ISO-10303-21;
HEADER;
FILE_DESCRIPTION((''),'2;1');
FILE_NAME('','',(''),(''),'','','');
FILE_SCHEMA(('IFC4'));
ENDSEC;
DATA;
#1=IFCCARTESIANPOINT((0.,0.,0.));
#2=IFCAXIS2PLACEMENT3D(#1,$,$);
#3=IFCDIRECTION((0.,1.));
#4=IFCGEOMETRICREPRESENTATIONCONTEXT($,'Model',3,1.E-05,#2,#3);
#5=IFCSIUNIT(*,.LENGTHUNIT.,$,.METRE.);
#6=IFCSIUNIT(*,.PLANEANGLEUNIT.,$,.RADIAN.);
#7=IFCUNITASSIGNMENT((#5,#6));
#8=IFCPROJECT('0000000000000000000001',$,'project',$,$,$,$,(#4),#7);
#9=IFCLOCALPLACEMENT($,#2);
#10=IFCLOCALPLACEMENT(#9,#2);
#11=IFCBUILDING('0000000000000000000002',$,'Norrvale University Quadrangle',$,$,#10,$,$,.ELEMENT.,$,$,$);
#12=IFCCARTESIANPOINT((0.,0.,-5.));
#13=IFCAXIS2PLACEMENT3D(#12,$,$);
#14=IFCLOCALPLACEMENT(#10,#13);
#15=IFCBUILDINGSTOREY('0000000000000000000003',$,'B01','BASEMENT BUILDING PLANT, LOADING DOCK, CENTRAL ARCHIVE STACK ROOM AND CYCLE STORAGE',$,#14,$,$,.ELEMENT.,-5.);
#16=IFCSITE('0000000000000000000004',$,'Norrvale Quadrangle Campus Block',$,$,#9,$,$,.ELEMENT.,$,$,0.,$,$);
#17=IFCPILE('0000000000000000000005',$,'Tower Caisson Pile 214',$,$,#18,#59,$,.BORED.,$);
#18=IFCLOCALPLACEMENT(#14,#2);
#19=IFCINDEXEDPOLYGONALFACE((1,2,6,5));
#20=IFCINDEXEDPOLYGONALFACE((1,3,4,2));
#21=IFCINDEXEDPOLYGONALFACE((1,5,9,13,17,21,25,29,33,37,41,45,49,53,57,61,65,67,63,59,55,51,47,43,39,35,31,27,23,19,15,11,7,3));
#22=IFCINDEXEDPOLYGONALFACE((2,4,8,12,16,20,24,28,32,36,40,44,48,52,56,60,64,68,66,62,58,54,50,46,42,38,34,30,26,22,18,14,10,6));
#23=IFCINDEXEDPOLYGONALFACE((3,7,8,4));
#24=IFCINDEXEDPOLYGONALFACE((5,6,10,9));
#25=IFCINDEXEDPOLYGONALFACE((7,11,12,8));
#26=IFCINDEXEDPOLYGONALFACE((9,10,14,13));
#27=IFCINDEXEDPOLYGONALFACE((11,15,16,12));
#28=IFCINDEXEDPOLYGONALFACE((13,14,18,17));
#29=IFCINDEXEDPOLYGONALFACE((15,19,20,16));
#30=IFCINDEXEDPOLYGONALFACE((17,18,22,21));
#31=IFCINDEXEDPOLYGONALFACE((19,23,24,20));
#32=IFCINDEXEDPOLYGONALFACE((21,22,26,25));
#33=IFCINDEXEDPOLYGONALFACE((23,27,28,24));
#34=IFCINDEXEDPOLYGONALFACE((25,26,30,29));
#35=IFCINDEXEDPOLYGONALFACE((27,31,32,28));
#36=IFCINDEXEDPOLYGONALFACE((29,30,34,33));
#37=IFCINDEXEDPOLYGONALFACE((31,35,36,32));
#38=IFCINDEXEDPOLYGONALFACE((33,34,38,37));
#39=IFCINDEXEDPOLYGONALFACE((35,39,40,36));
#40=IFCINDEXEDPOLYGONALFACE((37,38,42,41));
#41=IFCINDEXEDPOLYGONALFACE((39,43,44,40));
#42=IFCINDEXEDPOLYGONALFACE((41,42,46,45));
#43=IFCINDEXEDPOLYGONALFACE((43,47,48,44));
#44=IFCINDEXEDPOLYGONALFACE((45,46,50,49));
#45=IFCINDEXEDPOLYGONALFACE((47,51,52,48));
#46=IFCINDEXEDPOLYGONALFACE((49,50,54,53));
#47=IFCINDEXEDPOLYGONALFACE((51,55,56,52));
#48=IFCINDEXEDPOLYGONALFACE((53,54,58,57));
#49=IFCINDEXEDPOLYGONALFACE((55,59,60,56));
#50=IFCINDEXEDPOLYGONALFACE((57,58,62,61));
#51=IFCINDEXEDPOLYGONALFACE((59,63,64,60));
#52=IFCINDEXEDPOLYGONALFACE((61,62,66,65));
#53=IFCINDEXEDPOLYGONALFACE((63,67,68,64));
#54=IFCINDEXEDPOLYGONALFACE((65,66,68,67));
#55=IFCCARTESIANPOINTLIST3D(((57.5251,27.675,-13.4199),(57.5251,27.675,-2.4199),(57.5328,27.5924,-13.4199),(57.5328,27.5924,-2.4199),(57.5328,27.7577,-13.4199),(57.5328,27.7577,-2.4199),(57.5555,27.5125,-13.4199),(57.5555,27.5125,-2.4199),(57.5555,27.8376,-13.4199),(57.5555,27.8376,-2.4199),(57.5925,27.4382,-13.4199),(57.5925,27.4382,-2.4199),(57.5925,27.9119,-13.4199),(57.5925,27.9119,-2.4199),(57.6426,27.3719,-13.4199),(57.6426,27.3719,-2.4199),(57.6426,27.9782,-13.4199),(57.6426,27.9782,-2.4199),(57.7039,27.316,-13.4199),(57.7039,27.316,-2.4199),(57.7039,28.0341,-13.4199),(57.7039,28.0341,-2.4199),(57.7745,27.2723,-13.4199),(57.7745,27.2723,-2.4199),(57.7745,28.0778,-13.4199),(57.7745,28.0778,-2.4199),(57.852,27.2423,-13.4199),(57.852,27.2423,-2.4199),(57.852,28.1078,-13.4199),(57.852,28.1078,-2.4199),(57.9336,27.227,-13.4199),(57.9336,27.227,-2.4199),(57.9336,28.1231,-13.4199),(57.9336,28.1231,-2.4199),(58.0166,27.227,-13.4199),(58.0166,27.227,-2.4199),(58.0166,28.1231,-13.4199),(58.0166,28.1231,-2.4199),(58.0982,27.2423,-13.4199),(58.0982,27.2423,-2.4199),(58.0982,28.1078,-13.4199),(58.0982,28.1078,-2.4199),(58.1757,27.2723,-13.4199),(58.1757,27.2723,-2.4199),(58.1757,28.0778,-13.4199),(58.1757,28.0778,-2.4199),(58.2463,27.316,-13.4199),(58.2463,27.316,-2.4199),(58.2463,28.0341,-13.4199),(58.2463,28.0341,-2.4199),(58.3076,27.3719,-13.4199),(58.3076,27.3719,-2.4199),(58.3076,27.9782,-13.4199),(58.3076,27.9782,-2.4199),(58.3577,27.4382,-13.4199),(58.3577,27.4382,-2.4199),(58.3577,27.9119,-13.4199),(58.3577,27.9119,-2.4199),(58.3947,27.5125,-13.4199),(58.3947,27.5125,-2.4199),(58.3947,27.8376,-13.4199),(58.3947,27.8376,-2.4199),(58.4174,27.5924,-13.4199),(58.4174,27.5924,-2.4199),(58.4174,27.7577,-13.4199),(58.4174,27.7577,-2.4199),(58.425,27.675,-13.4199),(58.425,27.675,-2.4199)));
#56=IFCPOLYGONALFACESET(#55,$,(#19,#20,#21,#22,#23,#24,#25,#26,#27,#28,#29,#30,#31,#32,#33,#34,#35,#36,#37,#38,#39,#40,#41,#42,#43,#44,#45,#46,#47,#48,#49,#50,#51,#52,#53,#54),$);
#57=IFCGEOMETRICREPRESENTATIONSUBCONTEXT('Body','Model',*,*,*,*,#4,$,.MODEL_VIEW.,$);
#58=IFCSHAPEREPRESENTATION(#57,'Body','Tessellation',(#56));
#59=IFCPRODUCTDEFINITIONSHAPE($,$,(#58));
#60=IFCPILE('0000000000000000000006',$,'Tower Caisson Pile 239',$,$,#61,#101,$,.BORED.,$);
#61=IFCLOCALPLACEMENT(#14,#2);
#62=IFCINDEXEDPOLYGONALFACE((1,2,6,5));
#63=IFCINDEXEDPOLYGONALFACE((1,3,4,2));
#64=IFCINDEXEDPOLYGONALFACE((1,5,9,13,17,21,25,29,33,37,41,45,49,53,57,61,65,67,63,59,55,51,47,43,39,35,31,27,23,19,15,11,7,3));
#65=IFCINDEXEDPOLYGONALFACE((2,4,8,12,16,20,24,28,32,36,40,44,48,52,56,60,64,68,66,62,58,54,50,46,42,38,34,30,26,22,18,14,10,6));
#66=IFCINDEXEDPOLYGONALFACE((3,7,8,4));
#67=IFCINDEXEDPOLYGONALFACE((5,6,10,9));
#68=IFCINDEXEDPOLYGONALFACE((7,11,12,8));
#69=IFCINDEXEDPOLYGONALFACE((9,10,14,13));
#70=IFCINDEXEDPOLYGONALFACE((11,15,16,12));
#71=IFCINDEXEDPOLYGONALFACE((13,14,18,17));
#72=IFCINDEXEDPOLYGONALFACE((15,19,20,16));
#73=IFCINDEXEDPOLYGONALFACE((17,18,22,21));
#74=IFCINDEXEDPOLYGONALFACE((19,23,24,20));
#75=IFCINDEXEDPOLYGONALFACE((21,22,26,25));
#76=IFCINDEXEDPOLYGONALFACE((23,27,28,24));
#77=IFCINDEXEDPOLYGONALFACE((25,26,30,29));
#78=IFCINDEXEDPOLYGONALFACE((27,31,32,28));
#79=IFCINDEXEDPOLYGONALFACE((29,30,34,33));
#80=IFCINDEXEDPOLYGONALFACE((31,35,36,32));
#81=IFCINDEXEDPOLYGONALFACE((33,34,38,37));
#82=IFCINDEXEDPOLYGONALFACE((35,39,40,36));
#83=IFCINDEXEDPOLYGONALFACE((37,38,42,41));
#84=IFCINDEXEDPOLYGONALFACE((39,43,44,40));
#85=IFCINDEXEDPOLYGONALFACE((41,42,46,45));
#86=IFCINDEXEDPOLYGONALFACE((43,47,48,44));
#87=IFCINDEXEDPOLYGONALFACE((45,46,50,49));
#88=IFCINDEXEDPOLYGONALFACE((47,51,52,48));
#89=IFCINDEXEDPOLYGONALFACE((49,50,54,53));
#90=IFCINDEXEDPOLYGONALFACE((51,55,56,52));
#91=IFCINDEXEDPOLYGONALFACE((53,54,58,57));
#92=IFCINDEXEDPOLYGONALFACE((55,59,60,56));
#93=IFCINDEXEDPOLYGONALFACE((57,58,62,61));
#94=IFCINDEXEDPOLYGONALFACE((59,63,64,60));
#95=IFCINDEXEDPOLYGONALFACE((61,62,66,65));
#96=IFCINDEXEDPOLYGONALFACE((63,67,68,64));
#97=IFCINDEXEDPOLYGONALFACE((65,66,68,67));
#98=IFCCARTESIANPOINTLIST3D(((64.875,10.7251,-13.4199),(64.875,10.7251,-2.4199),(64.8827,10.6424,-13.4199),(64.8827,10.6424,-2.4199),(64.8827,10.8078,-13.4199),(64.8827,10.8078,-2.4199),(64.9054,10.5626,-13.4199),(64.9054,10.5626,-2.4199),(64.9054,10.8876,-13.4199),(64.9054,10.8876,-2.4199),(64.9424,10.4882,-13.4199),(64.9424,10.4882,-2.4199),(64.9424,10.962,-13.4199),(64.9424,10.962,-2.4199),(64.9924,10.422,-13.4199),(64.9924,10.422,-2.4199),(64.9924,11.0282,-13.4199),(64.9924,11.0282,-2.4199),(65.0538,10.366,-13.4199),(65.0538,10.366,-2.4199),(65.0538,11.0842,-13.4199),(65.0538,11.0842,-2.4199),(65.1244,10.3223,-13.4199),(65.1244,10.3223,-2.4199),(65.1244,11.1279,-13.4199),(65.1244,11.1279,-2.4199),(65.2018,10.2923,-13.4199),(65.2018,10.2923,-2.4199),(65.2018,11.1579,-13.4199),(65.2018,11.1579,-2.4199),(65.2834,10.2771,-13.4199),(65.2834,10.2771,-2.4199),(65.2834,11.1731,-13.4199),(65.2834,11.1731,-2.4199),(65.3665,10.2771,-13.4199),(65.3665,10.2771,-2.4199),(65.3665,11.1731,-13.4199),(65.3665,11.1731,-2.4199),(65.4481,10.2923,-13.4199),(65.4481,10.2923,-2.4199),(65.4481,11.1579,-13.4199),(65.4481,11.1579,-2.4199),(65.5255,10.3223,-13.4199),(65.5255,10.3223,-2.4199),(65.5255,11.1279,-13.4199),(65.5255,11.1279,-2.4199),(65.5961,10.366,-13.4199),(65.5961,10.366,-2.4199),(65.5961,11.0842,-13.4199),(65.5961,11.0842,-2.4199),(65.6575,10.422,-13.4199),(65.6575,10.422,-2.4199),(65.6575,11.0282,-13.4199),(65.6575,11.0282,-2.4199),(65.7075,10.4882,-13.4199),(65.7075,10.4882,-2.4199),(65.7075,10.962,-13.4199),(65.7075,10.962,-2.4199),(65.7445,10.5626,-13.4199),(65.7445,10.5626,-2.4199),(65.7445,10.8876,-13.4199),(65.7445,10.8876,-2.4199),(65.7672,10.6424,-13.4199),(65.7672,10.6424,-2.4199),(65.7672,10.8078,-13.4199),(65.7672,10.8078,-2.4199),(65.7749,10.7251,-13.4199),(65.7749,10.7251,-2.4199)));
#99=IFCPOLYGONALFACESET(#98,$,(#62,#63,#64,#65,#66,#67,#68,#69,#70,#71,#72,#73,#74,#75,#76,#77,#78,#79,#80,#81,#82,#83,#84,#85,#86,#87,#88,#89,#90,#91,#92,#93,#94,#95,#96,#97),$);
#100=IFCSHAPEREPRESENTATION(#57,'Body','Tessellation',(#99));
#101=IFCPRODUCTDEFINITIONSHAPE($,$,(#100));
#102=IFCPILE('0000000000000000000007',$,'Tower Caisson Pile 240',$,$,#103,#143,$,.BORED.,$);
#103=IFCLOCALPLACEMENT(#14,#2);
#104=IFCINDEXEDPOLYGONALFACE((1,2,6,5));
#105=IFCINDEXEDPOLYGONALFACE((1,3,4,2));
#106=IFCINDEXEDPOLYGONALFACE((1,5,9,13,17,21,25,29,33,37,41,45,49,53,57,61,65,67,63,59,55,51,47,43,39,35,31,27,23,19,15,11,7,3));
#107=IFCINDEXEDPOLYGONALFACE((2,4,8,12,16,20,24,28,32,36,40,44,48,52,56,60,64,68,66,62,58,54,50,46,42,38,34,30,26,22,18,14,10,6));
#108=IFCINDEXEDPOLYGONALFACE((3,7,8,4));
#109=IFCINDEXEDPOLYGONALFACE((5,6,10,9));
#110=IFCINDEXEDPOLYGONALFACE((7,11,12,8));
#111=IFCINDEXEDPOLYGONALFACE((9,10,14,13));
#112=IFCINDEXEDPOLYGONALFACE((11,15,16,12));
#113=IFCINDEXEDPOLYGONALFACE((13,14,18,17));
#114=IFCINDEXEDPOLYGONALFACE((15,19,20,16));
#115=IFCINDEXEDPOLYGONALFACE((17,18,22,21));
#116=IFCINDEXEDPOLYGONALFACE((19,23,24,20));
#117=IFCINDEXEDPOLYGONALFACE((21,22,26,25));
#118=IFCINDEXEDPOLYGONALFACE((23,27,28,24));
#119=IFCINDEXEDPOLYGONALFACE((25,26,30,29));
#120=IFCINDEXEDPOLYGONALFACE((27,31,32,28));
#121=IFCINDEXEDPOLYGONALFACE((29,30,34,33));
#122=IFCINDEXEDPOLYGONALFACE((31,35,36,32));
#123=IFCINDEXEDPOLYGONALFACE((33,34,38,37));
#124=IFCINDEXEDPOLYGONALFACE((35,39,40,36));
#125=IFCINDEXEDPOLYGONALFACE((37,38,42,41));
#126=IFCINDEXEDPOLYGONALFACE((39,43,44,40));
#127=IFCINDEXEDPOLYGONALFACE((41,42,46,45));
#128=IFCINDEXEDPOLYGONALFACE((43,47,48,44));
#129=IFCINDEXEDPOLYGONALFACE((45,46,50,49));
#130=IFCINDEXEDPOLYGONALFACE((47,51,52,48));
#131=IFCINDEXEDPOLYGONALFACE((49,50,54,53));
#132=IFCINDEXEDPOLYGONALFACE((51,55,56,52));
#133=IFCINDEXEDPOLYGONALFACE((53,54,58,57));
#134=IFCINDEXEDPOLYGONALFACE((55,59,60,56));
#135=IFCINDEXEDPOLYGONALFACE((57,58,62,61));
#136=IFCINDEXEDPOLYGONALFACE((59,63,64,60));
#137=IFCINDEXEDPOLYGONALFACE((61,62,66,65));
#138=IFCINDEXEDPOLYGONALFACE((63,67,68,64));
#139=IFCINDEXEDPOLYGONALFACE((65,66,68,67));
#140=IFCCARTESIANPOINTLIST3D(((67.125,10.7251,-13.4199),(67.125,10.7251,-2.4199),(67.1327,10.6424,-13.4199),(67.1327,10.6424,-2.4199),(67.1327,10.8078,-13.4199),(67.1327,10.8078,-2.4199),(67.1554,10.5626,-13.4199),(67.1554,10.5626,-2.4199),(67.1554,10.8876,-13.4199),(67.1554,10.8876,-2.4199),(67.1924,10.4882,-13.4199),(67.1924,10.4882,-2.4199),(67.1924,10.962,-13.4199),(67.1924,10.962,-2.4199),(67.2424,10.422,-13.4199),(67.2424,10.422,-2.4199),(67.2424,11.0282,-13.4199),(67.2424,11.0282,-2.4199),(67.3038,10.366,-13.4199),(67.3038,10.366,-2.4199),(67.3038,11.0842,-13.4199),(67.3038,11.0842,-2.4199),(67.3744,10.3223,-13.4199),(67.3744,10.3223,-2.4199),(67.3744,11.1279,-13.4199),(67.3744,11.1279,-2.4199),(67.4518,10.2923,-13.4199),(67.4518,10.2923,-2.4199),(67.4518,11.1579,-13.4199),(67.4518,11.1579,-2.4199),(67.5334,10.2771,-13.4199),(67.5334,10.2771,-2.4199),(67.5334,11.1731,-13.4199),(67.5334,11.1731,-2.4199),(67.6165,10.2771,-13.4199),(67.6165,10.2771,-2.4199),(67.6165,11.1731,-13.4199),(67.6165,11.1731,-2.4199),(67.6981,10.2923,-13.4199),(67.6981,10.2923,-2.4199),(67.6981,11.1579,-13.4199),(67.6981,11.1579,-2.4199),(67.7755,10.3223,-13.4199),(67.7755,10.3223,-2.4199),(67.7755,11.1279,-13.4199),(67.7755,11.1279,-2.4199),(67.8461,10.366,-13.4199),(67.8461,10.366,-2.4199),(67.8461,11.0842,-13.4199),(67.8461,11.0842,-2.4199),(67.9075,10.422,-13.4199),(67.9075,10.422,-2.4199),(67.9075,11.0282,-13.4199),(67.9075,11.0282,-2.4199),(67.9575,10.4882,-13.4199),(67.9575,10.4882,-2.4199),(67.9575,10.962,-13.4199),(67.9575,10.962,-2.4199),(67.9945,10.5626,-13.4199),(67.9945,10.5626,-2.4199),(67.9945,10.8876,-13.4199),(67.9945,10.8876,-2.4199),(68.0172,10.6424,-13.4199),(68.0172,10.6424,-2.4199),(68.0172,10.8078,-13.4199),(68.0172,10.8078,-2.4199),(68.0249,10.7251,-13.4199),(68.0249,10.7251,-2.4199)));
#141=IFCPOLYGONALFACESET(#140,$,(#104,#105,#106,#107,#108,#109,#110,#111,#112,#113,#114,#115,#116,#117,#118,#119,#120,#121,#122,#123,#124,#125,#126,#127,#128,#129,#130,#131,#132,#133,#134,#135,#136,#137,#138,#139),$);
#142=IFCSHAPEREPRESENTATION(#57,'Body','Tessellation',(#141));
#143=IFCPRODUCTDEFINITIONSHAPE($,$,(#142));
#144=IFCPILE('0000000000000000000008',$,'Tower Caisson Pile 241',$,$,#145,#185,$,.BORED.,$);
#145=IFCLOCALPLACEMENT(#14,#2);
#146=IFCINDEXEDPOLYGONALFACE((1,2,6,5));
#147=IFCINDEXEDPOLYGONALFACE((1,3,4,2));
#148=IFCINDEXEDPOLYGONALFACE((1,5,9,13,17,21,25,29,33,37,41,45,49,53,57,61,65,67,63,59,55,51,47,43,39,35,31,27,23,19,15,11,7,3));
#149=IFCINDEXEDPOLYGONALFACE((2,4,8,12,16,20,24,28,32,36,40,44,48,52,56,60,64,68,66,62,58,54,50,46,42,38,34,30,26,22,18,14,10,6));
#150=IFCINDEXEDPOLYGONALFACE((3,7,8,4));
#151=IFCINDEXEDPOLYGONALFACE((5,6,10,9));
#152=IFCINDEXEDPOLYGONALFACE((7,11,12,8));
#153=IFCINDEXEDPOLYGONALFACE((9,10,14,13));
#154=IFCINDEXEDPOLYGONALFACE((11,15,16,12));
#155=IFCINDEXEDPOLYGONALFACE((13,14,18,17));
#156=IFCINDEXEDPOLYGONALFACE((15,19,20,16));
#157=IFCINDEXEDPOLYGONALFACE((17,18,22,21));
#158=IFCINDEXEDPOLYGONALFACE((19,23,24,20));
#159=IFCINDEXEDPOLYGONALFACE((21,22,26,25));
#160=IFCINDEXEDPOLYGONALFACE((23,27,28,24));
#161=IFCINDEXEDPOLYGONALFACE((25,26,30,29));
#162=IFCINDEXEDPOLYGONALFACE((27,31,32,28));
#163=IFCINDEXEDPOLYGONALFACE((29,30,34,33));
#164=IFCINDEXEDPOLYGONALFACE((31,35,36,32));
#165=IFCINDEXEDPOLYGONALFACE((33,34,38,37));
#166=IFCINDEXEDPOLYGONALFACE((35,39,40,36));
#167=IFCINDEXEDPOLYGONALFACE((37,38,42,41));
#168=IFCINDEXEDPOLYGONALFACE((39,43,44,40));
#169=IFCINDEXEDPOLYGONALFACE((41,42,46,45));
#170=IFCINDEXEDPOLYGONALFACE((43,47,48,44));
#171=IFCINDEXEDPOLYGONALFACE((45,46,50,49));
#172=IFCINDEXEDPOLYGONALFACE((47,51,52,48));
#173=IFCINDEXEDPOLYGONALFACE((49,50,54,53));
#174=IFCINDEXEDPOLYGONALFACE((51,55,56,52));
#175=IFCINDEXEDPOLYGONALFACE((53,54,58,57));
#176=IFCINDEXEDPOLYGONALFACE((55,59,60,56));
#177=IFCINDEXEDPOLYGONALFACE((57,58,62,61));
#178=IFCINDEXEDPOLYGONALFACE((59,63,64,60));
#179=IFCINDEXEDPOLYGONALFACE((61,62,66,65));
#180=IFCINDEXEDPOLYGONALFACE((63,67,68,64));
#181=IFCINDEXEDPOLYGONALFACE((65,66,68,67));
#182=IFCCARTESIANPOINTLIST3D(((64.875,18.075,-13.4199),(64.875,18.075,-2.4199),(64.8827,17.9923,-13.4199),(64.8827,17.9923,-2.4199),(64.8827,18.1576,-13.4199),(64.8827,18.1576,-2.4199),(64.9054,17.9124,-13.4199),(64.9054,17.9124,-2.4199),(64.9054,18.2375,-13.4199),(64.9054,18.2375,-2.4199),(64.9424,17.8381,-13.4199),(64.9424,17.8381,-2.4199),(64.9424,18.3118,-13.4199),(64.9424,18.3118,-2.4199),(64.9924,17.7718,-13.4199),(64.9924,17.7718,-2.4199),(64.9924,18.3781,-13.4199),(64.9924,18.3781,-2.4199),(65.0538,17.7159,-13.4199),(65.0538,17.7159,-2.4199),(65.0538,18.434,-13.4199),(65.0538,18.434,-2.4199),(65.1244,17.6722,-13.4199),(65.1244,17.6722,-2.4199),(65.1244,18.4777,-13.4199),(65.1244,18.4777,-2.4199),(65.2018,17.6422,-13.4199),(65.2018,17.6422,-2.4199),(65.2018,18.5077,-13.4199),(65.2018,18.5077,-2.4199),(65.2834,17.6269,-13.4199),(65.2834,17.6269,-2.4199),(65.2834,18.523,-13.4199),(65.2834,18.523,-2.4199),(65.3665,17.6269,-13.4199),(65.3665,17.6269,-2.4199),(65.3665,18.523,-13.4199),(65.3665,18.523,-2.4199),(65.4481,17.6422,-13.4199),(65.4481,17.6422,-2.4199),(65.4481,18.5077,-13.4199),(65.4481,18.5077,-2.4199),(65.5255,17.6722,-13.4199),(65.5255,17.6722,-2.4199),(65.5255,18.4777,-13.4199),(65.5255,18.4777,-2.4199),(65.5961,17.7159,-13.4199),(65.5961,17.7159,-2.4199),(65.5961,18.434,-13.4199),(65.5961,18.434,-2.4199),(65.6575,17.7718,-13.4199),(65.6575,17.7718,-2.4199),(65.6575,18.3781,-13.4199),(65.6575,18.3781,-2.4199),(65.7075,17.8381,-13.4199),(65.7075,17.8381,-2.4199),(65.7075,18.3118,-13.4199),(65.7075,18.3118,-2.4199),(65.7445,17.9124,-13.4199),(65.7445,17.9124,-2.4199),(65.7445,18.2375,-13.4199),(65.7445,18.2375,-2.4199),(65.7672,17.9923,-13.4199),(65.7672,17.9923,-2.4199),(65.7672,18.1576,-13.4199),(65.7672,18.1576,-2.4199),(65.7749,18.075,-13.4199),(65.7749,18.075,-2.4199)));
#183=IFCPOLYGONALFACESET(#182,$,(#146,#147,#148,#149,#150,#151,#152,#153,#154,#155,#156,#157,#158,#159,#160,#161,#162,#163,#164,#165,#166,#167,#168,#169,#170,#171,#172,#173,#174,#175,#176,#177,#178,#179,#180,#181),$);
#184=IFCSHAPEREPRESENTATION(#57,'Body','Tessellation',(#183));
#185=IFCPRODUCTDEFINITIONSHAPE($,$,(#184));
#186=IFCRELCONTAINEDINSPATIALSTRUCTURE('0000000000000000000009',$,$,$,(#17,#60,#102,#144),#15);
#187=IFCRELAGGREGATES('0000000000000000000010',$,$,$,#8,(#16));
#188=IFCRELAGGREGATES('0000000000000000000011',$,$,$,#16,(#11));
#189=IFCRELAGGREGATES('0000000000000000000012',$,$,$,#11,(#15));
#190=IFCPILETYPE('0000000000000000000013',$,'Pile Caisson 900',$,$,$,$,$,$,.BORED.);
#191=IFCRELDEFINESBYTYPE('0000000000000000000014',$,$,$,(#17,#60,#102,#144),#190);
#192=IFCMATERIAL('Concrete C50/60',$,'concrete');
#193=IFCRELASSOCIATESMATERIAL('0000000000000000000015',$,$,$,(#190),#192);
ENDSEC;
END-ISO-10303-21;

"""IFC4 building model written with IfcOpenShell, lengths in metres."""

from ifc_helpers import new_model, si_unit, direction, frame, origin, origin_2d, place, context, subcontext, project, spatial, circle, extrude, material, material_profile, profile_set, type_object, element, save


model = new_model("IFC4")

# Units and contexts
model_context = context("Model", 3, precision=1e-05, world=origin(), true_north=direction((0.0, 1.0)))
body_context = subcontext(model_context, "Body", "Model", "MODEL_VIEW")
ifc_project = project(units=[si_unit("LENGTHUNIT", "METRE"), si_unit("PLANEANGLEUNIT", "RADIAN")], contexts=[model_context])

# Site, building, storey
site_placement = place(None, origin())
site = spatial("IfcSite", under=ifc_project, at=site_placement, Name="Norrvale Quadrangle Campus Block", CompositionType="ELEMENT", RefElevation=0.0)
building_placement = place(site_placement, origin())
building = spatial("IfcBuilding", under=site, at=building_placement, Name="Norrvale University Quadrangle", CompositionType="ELEMENT")
storey_placement = place(building_placement, frame((0.0, 0.0, -5.0)))
storey = spatial("IfcBuildingStorey", under=building, at=storey_placement, Name="B01", Description="BASEMENT BUILDING PLANT, LOADING DOCK, CENTRAL ARCHIVE STACK ROOM AND CYCLE STORAGE", CompositionType="ELEMENT", Elevation=-5.0)

# Shared definitions
ifc_material_1 = material(Name="Concrete C50/60", Category="concrete")

# Piles
ifc_material_profile_1 = material_profile(ifc_material_1, circle(Radius=0.45, at=origin_2d()), Name="Concrete C50/60")
ifc_profile_set_1 = profile_set([ifc_material_profile_1], Name="Concrete C50/60")
pile_type = type_object("IfcPileType", Name="Pile Caisson 900", PredefinedType="BORED", material=ifc_profile_set_1)
for number, where, z_axis, x_axis, name in (
    (1, (57.9751, 27.675, -2.4199), (0.0, 0.0, -1.0), (1.0, 0.0, 0.0), "Tower Caisson Pile 214"),
    (2, (65.325, 10.7251, -2.4199), (0.0, 0.0, -1.0), (1.0, 0.0, 0.0), "Tower Caisson Pile 239"),
    (3, (67.575, 10.7251, -2.4199), (0.0, 0.0, -1.0), (1.0, 0.0, 0.0), "Tower Caisson Pile 240"),
    (4, (65.325, 18.075, -2.4199), (0.0, 0.0, -1.0), (1.0, 0.0, 0.0), "Tower Caisson Pile 241"),
):
    element("IfcPile", number, at=place(storey_placement, frame(where, z_axis=z_axis, x_axis=x_axis)), inside=storey, type_object=pile_type, Name=name, PredefinedType="BORED", context=body_context, shape_type="SweptSolid", body=[
        extrude(circle(Radius=0.45, at=origin_2d()), origin(), (0.0, 0.0, 1.0), 11.0),
    ])

save(model, "model.ifc")
